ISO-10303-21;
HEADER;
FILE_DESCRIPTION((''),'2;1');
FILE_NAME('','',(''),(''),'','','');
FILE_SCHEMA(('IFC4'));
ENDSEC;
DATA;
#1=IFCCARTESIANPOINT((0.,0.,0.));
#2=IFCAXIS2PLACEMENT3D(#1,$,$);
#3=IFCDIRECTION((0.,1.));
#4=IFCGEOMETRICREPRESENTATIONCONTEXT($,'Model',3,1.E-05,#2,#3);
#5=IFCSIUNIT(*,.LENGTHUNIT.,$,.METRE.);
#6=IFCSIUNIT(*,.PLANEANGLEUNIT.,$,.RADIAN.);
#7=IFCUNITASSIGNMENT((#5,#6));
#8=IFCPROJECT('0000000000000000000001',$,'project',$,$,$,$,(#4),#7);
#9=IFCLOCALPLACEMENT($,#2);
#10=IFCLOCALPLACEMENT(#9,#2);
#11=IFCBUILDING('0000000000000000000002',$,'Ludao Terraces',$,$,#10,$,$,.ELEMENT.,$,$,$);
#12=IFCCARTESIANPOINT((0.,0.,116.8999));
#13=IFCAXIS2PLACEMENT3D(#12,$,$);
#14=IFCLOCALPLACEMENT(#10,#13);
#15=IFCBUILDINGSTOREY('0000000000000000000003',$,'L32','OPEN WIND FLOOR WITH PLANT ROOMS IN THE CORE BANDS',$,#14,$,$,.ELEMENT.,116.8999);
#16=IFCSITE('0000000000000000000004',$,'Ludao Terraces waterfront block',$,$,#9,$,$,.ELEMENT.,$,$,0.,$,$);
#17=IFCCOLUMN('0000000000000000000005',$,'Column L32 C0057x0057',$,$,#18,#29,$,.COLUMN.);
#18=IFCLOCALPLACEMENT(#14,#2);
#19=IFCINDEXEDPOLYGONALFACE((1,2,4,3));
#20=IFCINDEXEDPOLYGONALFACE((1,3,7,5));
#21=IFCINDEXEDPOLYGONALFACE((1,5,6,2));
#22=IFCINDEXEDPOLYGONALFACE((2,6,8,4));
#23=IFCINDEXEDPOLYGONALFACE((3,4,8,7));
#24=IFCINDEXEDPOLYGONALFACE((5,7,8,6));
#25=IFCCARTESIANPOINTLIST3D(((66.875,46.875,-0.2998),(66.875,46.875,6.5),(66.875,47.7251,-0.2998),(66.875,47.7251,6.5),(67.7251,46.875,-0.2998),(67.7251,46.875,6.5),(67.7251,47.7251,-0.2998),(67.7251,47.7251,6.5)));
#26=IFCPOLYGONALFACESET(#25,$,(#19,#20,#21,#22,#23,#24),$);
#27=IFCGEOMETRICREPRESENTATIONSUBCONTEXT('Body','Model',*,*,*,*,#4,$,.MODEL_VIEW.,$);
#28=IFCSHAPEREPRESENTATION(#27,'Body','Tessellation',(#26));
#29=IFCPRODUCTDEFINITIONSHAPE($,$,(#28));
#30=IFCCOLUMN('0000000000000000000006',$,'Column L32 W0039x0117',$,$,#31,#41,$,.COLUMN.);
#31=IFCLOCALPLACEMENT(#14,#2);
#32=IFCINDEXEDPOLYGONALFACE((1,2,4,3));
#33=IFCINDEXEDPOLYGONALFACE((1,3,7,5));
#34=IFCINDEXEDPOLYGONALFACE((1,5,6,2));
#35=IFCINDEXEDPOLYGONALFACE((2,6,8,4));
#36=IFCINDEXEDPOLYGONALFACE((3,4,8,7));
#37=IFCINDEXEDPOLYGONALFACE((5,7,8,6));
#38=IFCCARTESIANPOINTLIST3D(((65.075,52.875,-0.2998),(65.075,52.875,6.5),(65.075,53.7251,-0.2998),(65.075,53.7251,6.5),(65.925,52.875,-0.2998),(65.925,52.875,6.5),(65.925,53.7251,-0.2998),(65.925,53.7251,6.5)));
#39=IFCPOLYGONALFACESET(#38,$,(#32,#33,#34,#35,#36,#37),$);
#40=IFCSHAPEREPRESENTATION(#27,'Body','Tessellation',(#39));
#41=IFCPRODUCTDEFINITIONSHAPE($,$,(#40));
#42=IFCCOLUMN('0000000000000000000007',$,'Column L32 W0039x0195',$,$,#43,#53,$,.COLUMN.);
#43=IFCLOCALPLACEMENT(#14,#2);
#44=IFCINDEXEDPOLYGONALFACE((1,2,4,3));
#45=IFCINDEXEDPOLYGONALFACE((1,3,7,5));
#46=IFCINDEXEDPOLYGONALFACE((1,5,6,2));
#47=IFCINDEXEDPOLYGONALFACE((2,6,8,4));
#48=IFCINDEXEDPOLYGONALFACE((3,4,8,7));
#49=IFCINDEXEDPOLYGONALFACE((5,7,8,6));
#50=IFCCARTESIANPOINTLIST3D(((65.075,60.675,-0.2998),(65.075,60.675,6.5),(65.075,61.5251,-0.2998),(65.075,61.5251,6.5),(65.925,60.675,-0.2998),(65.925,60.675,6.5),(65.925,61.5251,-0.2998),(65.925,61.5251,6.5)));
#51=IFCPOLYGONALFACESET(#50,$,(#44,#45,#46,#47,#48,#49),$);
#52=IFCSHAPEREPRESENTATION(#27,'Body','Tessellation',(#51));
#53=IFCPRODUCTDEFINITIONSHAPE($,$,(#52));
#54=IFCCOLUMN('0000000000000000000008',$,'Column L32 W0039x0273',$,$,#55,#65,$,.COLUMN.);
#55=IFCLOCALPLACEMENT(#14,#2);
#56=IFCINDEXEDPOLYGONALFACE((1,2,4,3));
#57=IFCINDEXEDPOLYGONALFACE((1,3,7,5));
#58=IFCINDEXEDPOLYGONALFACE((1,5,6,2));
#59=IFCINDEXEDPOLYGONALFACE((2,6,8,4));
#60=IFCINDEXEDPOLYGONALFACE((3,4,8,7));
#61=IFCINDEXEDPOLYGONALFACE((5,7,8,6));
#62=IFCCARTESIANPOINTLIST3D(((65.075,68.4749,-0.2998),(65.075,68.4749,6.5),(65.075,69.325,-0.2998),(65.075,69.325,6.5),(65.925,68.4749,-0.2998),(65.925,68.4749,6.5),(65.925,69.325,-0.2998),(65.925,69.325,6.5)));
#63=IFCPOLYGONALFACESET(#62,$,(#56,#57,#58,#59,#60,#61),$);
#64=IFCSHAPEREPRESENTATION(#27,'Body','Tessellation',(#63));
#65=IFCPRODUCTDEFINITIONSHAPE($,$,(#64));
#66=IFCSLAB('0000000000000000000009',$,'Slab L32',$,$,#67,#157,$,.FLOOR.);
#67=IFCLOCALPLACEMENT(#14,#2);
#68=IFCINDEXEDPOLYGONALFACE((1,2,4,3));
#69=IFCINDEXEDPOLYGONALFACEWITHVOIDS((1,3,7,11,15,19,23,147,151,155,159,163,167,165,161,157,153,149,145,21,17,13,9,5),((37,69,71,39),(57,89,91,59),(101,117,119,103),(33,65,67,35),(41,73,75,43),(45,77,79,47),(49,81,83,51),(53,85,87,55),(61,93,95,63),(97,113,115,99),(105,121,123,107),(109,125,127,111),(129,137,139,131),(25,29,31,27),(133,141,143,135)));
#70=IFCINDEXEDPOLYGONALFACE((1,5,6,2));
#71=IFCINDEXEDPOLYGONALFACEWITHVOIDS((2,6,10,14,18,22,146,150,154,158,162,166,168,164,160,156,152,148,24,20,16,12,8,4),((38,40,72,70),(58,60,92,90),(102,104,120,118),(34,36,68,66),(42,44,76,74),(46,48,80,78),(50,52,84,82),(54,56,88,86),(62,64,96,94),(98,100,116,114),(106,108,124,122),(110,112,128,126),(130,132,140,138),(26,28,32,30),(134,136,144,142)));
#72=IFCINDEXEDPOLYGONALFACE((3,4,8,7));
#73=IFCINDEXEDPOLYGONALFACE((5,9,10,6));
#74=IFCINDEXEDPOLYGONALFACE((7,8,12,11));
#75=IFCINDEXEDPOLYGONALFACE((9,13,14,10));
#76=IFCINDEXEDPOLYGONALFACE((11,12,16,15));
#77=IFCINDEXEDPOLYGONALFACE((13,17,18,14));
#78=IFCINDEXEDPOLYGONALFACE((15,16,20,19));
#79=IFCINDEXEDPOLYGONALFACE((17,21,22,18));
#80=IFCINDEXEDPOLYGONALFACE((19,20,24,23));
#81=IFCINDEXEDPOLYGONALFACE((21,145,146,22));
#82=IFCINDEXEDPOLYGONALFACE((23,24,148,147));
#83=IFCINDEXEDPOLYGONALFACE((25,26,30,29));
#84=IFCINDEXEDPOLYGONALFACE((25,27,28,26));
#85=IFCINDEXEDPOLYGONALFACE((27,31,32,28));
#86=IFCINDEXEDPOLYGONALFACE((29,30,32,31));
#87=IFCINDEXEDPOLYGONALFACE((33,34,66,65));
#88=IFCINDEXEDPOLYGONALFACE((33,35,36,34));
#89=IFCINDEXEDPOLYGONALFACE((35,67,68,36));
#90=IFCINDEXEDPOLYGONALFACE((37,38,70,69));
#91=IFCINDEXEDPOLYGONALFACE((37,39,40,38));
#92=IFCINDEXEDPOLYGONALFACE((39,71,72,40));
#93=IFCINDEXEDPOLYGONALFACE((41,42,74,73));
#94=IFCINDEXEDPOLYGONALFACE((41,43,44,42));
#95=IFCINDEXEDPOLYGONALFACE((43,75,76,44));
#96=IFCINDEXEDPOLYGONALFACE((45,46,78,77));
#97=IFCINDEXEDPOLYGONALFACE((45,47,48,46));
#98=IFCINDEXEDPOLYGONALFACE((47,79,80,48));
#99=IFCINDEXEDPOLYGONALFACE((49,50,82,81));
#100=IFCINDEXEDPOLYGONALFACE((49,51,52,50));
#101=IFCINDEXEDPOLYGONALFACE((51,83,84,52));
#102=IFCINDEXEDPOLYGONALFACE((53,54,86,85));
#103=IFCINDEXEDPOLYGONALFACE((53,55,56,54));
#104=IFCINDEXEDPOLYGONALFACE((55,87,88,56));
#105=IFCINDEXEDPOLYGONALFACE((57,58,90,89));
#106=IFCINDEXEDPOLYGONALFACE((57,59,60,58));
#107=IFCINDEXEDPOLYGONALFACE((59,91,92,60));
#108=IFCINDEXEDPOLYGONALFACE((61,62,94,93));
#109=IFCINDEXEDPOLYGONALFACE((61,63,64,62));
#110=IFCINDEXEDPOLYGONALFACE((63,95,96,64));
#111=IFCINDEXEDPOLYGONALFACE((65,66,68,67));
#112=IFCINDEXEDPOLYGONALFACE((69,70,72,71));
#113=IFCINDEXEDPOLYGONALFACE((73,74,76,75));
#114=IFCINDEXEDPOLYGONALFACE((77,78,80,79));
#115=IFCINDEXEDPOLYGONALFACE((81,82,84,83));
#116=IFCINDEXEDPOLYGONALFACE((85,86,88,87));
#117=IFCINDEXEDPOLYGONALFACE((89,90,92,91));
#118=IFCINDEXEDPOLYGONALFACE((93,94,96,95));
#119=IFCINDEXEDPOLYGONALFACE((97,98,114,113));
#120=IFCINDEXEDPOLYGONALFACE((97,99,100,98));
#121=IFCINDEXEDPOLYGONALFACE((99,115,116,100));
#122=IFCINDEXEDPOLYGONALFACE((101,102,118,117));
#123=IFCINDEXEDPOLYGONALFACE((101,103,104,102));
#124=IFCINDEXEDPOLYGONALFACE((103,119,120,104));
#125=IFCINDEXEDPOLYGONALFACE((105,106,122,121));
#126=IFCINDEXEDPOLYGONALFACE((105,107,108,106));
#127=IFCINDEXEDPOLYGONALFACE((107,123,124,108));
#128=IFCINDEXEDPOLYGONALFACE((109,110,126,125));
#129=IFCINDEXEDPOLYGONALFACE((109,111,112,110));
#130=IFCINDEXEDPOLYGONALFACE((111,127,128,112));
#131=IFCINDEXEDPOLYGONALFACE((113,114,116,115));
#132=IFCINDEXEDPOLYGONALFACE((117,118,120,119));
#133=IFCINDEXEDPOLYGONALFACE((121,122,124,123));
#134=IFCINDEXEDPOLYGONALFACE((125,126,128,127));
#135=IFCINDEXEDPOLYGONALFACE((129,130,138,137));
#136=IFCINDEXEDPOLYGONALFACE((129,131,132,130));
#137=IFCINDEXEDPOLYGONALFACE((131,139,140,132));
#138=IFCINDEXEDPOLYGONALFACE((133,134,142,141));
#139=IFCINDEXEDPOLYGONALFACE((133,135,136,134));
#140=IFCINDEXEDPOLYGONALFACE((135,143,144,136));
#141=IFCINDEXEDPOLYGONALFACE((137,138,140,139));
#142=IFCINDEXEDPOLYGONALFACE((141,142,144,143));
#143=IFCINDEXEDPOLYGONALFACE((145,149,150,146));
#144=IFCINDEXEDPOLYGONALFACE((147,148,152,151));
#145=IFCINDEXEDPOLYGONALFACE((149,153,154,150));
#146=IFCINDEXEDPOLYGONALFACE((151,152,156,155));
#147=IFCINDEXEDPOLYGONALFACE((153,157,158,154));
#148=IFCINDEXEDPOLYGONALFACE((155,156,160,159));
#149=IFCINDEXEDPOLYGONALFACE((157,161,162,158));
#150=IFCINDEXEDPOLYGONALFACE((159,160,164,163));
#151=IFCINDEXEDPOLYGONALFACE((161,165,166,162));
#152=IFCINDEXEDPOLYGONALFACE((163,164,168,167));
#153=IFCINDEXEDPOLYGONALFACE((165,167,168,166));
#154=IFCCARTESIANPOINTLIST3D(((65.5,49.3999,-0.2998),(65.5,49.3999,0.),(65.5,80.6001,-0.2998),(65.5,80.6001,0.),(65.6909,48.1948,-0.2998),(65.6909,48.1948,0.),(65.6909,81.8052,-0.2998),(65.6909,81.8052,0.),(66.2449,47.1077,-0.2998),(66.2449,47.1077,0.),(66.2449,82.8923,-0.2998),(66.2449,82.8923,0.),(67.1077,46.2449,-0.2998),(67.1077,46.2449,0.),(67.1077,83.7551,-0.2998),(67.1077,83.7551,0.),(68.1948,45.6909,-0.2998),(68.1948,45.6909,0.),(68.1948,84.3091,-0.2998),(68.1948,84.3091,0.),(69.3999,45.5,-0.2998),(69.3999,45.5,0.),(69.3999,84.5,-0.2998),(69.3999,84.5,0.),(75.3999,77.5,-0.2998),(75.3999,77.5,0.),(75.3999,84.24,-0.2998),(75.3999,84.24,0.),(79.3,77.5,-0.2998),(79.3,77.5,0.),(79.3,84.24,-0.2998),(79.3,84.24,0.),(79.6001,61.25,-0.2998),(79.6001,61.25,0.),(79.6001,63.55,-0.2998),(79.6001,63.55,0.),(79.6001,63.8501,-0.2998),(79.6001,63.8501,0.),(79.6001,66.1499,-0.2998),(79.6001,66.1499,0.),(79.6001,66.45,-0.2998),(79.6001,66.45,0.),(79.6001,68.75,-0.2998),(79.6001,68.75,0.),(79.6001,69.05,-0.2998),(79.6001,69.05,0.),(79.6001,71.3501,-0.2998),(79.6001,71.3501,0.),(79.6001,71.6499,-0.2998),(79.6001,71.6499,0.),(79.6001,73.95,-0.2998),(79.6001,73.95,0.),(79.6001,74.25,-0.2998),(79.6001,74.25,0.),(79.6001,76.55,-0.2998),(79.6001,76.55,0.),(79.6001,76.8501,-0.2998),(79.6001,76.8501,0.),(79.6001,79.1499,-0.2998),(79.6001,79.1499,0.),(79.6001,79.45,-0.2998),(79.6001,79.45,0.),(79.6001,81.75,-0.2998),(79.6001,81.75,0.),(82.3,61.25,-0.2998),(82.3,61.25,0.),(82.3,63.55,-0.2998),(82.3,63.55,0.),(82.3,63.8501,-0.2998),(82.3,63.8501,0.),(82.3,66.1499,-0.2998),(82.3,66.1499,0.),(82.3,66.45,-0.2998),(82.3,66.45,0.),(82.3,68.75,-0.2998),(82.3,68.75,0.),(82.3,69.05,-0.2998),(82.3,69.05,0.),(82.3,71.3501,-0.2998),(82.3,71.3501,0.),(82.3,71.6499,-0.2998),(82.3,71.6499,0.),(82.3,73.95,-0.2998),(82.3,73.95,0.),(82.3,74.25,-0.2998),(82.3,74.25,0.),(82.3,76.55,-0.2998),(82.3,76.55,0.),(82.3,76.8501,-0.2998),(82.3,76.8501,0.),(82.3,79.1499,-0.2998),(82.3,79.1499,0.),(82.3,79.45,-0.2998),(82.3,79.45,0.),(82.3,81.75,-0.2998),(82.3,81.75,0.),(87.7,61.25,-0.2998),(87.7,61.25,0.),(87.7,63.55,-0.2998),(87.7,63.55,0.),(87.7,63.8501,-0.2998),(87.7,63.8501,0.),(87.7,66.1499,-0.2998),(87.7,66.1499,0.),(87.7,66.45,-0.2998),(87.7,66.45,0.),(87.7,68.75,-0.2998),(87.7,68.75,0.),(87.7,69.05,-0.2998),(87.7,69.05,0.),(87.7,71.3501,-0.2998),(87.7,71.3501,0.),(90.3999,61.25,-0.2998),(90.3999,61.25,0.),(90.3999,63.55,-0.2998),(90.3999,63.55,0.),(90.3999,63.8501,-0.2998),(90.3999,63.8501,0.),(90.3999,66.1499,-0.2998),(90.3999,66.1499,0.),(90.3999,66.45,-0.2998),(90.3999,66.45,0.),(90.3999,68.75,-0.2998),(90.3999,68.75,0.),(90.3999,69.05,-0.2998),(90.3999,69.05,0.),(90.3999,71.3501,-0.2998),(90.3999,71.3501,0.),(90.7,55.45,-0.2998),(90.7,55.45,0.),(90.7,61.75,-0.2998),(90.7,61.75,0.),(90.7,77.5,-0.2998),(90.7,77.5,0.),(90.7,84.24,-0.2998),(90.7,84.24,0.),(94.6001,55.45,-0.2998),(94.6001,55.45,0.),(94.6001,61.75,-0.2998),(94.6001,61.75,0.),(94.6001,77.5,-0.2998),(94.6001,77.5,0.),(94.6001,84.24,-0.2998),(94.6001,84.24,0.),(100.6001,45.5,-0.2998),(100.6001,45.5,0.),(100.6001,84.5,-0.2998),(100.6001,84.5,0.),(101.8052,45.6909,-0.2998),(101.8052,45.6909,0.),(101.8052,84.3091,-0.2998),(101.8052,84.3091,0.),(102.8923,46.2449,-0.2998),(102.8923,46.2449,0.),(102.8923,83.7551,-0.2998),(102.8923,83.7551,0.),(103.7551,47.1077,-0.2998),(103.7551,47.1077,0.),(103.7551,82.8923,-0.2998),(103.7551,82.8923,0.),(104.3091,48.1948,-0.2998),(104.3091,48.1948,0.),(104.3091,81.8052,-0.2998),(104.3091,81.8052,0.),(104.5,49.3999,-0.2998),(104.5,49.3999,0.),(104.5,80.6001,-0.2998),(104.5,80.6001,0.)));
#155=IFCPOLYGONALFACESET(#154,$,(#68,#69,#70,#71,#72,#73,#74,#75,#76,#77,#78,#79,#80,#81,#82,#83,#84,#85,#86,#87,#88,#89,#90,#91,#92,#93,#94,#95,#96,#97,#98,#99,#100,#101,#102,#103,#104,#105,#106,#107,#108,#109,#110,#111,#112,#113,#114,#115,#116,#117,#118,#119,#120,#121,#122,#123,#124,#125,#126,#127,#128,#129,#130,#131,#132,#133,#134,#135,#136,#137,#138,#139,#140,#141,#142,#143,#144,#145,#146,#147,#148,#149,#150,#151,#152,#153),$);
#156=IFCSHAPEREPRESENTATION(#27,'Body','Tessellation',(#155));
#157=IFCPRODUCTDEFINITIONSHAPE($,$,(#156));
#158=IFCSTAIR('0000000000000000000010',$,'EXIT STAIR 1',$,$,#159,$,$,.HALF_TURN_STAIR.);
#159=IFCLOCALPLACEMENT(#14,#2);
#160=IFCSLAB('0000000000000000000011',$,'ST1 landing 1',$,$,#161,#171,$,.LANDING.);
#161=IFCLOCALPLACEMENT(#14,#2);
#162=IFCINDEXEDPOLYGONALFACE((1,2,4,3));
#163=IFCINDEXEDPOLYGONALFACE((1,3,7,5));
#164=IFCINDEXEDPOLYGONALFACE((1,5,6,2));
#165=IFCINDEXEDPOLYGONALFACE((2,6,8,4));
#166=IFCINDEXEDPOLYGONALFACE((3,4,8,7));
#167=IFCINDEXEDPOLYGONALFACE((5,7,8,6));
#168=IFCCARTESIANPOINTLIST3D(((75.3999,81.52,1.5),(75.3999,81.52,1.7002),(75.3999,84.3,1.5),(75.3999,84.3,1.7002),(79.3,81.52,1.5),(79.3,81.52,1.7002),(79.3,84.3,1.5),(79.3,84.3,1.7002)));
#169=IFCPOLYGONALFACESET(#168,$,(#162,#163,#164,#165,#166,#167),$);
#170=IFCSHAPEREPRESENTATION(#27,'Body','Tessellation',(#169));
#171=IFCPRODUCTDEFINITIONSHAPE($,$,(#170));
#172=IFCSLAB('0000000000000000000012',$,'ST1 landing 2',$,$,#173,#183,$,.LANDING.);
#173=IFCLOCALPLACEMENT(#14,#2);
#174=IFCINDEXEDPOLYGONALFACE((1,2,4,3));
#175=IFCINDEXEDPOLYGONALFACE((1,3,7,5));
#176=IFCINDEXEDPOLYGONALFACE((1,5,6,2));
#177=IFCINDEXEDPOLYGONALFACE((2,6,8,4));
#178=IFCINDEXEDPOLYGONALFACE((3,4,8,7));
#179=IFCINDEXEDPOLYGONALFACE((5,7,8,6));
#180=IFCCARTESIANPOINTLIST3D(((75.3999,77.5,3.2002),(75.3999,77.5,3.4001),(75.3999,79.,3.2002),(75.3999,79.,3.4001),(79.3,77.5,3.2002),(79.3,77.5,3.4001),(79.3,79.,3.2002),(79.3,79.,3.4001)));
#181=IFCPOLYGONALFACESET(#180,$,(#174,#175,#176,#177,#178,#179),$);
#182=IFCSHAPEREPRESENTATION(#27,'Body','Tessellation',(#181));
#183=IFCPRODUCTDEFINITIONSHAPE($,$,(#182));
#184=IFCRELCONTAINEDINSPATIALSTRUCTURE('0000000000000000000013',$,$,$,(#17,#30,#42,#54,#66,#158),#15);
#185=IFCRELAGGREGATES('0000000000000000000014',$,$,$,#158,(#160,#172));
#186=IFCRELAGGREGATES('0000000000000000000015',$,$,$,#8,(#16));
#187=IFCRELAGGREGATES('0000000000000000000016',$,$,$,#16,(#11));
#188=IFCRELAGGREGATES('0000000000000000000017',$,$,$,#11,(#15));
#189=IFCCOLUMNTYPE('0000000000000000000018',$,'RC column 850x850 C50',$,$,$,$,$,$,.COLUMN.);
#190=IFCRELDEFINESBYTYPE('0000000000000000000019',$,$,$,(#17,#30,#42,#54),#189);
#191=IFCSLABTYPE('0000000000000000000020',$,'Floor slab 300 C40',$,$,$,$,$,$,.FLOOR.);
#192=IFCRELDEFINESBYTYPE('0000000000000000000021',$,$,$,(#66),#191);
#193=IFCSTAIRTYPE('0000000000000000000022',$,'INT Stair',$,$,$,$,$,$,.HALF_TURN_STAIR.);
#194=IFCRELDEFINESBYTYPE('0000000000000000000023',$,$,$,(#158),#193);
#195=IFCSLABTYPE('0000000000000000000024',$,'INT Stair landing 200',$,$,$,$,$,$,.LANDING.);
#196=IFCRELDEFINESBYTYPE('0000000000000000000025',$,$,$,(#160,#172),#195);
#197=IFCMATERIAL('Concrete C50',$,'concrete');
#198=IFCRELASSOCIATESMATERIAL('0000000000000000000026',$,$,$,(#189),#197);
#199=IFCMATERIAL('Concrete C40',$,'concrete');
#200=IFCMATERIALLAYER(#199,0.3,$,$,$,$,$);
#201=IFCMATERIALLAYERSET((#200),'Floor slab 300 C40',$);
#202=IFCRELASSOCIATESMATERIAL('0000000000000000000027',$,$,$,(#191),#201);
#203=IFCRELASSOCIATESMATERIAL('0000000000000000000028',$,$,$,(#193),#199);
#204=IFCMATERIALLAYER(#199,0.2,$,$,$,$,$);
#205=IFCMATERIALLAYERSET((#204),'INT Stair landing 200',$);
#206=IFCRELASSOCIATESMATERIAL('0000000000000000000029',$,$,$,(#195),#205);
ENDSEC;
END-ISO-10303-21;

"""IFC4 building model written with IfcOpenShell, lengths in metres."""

from ifc_helpers import new_model, si_unit, direction, frame, origin, origin_2d, place, context, subcontext, project, spatial, polyline, rectangle, outline, extrude, material, layer, layer_set, material_profile, profile_set, type_object, element, aggregate, save


model = new_model("IFC4")

# Units and contexts
model_context = context("Model", 3, precision=1e-05, world=origin(), true_north=direction((0.0, 1.0)))
body_context = subcontext(model_context, "Body", "Model", "MODEL_VIEW")
ifc_project = project(units=[si_unit("LENGTHUNIT", "METRE"), si_unit("PLANEANGLEUNIT", "RADIAN")], contexts=[model_context])

# Site, building, storey
site_placement = place(None, origin())
site = spatial("IfcSite", under=ifc_project, at=site_placement, Name="Ludao Terraces waterfront block", CompositionType="ELEMENT", RefElevation=0.0)
building_placement = place(site_placement, origin())
building = spatial("IfcBuilding", under=site, at=building_placement, Name="Ludao Terraces", CompositionType="ELEMENT")
storey_placement = place(building_placement, frame((0.0, 0.0, 116.8999)))
storey = spatial("IfcBuildingStorey", under=building, at=storey_placement, Name="L32", Description="OPEN WIND FLOOR WITH PLANT ROOMS IN THE CORE BANDS", CompositionType="ELEMENT", Elevation=116.8999)

# Columns
ifc_material_1 = material(Name="Concrete C50", Category="concrete")
ifc_material_profile = material_profile(ifc_material_1, rectangle(XDim=0.8501, YDim=0.8501, at=origin_2d()), Name="850 X 850")
ifc_profile_set = profile_set([ifc_material_profile], Name="Concrete C50")
column_type = type_object("IfcColumnType", Name="RC column 850x850 C50", PredefinedType="COLUMN", material=ifc_profile_set)
for number, where, z_axis, x_axis, name in (
    (1, (67.3, 47.3, -0.2998), (0.0, 0.0, 1.0), (1.0, 0.0, 0.0), "Column L32 C0057x0057"),
    (2, (65.5, 53.3, -0.2998), (0.0, 0.0, 1.0), (1.0, 0.0, 0.0), "Column L32 W0039x0117"),
    (3, (65.5, 61.1001, -0.2998), (0.0, 0.0, 1.0), (1.0, 0.0, 0.0), "Column L32 W0039x0195"),
    (4, (65.5, 68.8999, -0.2998), (0.0, 0.0, 1.0), (1.0, 0.0, 0.0), "Column L32 W0039x0273"),
):
    element("IfcColumn", number, at=place(storey_placement, frame(where, z_axis=z_axis, x_axis=x_axis)), inside=storey, type_object=column_type, Name=name, PredefinedType="COLUMN", context=body_context, shape_type="SweptSolid", body=[
        extrude(rectangle(XDim=0.8501, YDim=0.8501, at=origin_2d()), origin(), (0.0, 0.0, 1.0), 6.7998),
    ])

# Slab
ifc_material_2 = material(Name="Concrete C40", Category="concrete")
ifc_layer_1 = layer(ifc_material_2, 0.3)
ifc_layer_set_1 = layer_set([ifc_layer_1], Name="Floor slab 300 C40")
slab_type_1 = type_object("IfcSlabType", Name="Floor slab 300 C40", PredefinedType="FLOOR", material=ifc_layer_set_1)
slab_1_placement = place(storey_placement, frame((0.0, 0.0, -0.2998)))
element("IfcSlab", 5, at=slab_1_placement, inside=storey, type_object=slab_type_1, Name="Slab L32", PredefinedType="FLOOR", context=body_context, shape_type="SweptSolid", body=[
    extrude(outline(polyline([(100.6001, 45.5), (101.8052, 45.6909), (102.8923, 46.2449), (103.7551, 47.1077), (104.3091, 48.1948), (104.5, 49.3999), (104.5, 80.6001), (104.3091, 81.8052), (103.7551, 82.8923), (102.8923, 83.7551), (101.8052, 84.3091), (100.6001, 84.5), (69.3999, 84.5), (68.1948, 84.3091), (67.1077, 83.7551), (66.2449, 82.8923), (65.6909, 81.8052), (65.5, 80.6001), (65.5, 49.3999), (65.6909, 48.1948), (66.2449, 47.1077), (67.1077, 46.2449), (68.1948, 45.6909), (69.3999, 45.5), (100.6001, 45.5)]), holes=[polyline([(79.6001, 61.25), (82.3, 61.25), (82.3, 63.55), (79.6001, 63.55), (79.6001, 61.25)]), polyline([(79.6001, 63.8501), (82.3, 63.8501), (82.3, 66.1499), (79.6001, 66.1499), (79.6001, 63.8501)]), polyline([(79.6001, 66.45), (82.3, 66.45), (82.3, 68.75), (79.6001, 68.75), (79.6001, 66.45)]), polyline([(79.6001, 69.05), (82.3, 69.05), (82.3, 71.3501), (79.6001, 71.3501), (79.6001, 69.05)]), polyline([(79.6001, 71.6499), (82.3, 71.6499), (82.3, 73.95), (79.6001, 73.95), (79.6001, 71.6499)]), polyline([(79.6001, 74.25), (82.3, 74.25), (82.3, 76.55), (79.6001, 76.55), (79.6001, 74.25)]), polyline([(79.6001, 76.8501), (82.3, 76.8501), (82.3, 79.1499), (79.6001, 79.1499), (79.6001, 76.8501)]), polyline([(79.6001, 79.45), (82.3, 79.45), (82.3, 81.75), (79.6001, 81.75), (79.6001, 79.45)]), polyline([(87.7, 61.25), (90.3999, 61.25), (90.3999, 63.55), (87.7, 63.55), (87.7, 61.25)]), polyline([(87.7, 63.8501), (90.3999, 63.8501), (90.3999, 66.1499), (87.7, 66.1499), (87.7, 63.8501)]), polyline([(87.7, 66.45), (90.3999, 66.45), (90.3999, 68.75), (87.7, 68.75), (87.7, 66.45)]), polyline([(87.7, 69.05), (90.3999, 69.05), (90.3999, 71.3501), (87.7, 71.3501), (87.7, 69.05)]), polyline([(75.3999, 77.5), (79.3, 77.5), (79.3, 84.24), (75.3999, 84.24), (75.3999, 77.5)]), polyline([(90.7, 77.5), (94.6001, 77.5), (94.6001, 84.24), (90.7, 84.24), (90.7, 77.5)]), polyline([(90.7, 55.45), (94.6001, 55.45), (94.6001, 61.75), (90.7, 61.75), (90.7, 55.45)])]), origin(), (0.0, 0.0, 1.0), 0.2998),
])

# Stair, slabs
stair_type = type_object("IfcStairType", Name="INT Stair", PredefinedType="HALF_TURN_STAIR", material=ifc_material_2)
stair_1_placement = place(storey_placement, origin())
stair_1 = element("IfcStair", 6, at=stair_1_placement, inside=storey, type_object=stair_type, Name="EXIT STAIR 1", PredefinedType="HALF_TURN_STAIR")
ifc_layer_2 = layer(ifc_material_2, 0.2)
ifc_layer_set_2 = layer_set([ifc_layer_2], Name="INT Stair landing 200")
slab_type_2 = type_object("IfcSlabType", Name="INT Stair landing 200", PredefinedType="LANDING", material=ifc_layer_set_2)
slab_2_placement = place(storey_placement, frame((0.0, 0.0, 1.5)))
slab_2 = element("IfcSlab", 7, at=slab_2_placement, type_object=slab_type_2, Name="ST1 landing 1", PredefinedType="LANDING", context=body_context, shape_type="SweptSolid", body=[
    extrude(outline(polyline([(75.3999, 81.52), (79.3, 81.52), (79.3, 84.3), (75.3999, 84.3), (75.3999, 81.52)])), origin(), (0.0, 0.0, 1.0), 0.2002),
])
slab_3_placement = place(storey_placement, frame((0.0, 0.0, 3.2002)))
slab_3 = element("IfcSlab", 8, at=slab_3_placement, type_object=slab_type_2, Name="ST1 landing 2", PredefinedType="LANDING", context=body_context, shape_type="SweptSolid", body=[
    extrude(outline(polyline([(75.3999, 77.5), (79.3, 77.5), (79.3, 79.0), (75.3999, 79.0), (75.3999, 77.5)])), origin(), (0.0, 0.0, 1.0), 0.2),
])
aggregate(stair_1, [slab_2, slab_3])

save(model, "model.ifc")
